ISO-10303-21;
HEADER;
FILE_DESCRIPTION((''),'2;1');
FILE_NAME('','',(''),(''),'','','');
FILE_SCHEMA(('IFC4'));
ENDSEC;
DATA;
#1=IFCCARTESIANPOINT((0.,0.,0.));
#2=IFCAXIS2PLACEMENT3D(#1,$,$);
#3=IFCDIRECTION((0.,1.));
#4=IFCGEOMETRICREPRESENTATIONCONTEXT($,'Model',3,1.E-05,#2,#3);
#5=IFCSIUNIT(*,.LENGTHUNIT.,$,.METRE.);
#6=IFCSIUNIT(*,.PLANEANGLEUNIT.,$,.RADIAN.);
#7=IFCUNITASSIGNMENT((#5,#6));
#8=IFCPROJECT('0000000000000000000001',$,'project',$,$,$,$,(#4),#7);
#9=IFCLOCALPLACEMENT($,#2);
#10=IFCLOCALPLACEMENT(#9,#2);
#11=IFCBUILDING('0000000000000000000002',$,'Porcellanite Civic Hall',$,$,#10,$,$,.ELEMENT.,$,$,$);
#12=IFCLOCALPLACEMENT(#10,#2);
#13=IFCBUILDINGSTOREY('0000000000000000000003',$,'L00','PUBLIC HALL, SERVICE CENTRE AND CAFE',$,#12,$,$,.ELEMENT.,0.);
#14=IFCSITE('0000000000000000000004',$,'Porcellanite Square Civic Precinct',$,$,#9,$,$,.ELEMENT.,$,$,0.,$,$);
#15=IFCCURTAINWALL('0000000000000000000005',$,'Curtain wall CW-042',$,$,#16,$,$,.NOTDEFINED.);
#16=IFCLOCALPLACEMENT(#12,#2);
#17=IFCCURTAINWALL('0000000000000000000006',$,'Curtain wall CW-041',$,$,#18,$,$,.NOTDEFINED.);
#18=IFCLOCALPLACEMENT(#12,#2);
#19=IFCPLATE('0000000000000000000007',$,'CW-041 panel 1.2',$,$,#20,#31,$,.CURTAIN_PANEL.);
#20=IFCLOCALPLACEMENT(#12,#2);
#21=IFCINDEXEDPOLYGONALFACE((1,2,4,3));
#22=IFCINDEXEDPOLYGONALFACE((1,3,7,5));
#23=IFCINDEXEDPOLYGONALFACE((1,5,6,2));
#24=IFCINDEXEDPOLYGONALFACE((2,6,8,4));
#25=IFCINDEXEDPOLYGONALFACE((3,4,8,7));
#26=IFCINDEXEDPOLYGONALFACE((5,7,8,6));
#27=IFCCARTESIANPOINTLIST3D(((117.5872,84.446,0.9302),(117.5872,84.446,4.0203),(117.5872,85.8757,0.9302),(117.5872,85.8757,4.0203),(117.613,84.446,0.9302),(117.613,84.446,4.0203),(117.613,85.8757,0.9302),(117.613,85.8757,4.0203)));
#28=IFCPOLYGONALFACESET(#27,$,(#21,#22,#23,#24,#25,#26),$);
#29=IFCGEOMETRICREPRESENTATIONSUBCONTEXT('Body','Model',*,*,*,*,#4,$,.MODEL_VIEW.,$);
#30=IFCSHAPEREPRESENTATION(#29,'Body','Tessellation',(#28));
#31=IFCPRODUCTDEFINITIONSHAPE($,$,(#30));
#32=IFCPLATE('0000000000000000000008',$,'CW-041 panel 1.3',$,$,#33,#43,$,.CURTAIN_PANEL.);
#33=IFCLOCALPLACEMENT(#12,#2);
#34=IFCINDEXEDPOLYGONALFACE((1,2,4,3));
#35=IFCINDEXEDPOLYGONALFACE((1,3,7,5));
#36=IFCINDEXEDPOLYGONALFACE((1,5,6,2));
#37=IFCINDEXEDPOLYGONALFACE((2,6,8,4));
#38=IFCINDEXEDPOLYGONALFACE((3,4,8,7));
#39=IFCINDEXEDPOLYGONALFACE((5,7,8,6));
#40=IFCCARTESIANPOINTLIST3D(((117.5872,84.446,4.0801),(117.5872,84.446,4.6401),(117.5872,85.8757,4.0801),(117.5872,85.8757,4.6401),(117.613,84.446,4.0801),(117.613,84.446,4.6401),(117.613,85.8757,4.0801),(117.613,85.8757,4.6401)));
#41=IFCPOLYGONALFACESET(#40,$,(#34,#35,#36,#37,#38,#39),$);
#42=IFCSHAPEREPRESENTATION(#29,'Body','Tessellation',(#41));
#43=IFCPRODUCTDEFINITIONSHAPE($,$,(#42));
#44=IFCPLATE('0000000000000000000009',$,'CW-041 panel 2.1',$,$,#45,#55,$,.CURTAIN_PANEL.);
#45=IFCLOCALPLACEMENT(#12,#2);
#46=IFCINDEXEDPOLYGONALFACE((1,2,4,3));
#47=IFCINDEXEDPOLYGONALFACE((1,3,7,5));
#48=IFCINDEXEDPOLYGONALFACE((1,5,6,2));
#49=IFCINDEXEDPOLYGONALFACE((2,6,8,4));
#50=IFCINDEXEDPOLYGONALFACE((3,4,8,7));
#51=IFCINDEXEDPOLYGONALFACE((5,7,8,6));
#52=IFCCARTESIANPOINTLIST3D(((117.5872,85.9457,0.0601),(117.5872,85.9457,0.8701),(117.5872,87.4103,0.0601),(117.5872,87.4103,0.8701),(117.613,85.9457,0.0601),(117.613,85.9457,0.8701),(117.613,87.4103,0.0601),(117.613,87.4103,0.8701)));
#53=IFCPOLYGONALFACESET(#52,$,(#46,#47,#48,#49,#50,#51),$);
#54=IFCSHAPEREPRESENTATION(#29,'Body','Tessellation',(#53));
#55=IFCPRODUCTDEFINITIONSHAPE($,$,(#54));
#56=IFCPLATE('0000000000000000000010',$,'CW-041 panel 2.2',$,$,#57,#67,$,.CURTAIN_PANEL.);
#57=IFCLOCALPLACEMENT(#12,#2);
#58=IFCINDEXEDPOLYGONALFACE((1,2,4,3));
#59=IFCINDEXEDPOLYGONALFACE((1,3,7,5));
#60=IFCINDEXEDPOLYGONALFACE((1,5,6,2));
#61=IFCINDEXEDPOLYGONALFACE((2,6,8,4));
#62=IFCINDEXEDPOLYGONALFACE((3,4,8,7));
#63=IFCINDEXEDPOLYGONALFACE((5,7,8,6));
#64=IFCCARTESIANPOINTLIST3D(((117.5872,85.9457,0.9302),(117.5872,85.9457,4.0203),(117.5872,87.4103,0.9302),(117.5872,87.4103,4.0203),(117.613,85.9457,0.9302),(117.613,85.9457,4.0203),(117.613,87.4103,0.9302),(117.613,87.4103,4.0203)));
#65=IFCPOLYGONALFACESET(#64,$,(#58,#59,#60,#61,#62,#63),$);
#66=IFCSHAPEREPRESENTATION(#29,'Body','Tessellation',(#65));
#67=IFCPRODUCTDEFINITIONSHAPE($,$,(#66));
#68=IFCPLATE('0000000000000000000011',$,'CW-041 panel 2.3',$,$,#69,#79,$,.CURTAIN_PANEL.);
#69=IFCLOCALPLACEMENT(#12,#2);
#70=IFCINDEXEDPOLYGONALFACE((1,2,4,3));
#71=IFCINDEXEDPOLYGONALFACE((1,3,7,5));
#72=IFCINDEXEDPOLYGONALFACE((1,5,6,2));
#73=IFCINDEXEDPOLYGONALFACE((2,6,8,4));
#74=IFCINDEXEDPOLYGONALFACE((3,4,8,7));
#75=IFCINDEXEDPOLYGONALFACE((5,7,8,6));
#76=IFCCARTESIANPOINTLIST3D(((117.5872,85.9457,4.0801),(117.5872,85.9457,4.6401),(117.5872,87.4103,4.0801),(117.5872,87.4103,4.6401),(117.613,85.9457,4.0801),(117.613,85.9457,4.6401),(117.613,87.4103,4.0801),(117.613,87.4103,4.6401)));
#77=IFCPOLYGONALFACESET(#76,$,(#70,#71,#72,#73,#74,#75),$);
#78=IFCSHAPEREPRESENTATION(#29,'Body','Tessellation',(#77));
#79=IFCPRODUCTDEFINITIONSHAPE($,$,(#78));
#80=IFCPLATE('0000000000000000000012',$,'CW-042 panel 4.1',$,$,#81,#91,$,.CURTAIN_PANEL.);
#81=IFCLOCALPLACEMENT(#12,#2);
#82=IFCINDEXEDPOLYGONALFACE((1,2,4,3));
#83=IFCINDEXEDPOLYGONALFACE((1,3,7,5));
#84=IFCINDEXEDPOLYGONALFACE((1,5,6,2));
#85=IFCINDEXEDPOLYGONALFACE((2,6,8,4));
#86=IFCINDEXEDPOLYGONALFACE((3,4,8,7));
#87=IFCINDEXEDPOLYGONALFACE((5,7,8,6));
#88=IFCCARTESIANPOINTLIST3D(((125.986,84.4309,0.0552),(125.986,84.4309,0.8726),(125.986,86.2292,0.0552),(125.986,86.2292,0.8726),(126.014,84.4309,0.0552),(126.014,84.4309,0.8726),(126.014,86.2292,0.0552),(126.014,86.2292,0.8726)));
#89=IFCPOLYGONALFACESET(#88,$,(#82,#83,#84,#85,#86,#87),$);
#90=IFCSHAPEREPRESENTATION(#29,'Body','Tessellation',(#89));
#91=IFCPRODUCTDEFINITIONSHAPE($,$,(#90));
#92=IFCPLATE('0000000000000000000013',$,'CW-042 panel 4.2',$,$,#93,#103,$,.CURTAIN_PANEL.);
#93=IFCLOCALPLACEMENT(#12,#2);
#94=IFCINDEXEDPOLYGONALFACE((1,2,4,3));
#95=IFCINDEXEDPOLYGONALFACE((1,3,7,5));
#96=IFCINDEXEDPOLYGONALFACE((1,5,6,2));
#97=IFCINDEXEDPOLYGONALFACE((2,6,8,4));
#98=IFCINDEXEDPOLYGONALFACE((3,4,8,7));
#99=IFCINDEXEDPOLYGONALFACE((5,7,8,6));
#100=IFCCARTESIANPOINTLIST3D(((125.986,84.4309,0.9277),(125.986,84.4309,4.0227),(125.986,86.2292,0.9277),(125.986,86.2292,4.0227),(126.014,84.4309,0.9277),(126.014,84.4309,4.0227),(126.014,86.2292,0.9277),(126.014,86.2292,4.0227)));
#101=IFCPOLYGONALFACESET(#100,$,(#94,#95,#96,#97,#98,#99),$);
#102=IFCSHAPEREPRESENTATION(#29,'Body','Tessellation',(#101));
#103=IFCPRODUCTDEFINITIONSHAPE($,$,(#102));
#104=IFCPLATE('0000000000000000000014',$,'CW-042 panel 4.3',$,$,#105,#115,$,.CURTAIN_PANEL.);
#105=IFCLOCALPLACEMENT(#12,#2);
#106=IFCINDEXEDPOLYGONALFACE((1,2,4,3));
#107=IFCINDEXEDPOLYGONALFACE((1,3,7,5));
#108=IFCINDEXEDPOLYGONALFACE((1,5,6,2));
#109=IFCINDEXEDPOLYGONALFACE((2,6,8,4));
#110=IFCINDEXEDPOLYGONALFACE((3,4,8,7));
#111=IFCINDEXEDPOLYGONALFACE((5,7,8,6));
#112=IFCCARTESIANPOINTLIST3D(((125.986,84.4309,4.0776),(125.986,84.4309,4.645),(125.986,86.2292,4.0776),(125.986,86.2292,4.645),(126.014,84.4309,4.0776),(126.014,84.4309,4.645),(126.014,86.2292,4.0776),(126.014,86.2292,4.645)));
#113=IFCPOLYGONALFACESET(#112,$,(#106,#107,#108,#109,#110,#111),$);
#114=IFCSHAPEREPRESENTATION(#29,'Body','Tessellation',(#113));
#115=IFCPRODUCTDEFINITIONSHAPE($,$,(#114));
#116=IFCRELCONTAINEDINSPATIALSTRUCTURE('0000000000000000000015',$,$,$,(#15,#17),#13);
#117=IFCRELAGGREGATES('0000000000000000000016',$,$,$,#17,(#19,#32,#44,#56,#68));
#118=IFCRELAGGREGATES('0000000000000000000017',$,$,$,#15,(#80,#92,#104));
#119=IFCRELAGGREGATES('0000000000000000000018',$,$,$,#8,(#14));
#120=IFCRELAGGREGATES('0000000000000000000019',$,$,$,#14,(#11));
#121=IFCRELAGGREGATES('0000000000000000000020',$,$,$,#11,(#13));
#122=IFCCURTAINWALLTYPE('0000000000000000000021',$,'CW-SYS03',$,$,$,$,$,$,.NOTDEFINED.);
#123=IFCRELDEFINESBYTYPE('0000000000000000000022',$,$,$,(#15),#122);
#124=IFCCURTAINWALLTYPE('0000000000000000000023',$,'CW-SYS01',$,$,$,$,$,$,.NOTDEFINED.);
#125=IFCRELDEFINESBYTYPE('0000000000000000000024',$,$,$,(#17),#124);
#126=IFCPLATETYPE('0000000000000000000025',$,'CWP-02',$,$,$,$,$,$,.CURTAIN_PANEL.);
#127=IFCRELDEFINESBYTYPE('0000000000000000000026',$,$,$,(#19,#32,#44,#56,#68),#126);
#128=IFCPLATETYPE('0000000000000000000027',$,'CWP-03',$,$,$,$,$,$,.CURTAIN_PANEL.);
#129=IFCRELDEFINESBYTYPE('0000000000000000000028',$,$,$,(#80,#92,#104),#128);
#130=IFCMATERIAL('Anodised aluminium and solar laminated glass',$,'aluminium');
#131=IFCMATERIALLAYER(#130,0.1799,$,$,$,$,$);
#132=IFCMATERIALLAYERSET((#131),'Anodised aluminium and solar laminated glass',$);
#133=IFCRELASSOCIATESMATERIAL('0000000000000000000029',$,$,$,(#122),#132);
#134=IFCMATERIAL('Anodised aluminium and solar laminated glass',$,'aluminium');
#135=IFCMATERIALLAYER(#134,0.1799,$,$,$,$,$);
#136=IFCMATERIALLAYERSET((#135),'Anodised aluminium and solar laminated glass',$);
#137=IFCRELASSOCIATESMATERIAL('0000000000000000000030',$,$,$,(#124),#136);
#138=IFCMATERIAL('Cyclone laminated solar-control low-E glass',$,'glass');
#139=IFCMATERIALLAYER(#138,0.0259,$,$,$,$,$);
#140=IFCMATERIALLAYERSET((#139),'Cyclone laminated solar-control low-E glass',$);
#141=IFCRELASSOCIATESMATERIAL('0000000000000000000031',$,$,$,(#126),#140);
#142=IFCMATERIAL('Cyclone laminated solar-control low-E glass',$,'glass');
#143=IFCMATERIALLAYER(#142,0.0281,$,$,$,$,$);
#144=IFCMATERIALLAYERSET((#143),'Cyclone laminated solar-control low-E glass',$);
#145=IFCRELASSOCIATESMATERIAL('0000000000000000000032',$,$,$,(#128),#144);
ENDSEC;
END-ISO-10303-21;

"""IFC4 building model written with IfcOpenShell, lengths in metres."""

from ifc_helpers import new_model, si_unit, direction, frame, origin, origin_2d, place, context, subcontext, project, spatial, rectangle, extrude, material, layer, layer_set, type_object, element, aggregate, save


model = new_model("IFC4")

# Units and contexts
model_context = context("Model", 3, precision=1e-05, world=origin(), true_north=direction((0.0, 1.0)))
body_context = subcontext(model_context, "Body", "Model", "MODEL_VIEW")
ifc_project = project(units=[si_unit("LENGTHUNIT", "METRE"), si_unit("PLANEANGLEUNIT", "RADIAN")], contexts=[model_context])

# Site, building, storey
site_placement = place(None, origin())
site = spatial("IfcSite", under=ifc_project, at=site_placement, Name="Porcellanite Square Civic Precinct", CompositionType="ELEMENT", RefElevation=0.0)
building_placement = place(site_placement, origin())
building = spatial("IfcBuilding", under=site, at=building_placement, Name="Porcellanite Civic Hall", CompositionType="ELEMENT")
storey_placement = place(building_placement, origin())
storey = spatial("IfcBuildingStorey", under=building, at=storey_placement, Name="L00", Description="PUBLIC HALL, SERVICE CENTRE AND CAFE", CompositionType="ELEMENT", Elevation=0.0)

# Curtain walls
ifc_material_1 = material(Name="Anodised aluminium and solar laminated glass", Category="aluminium")
ifc_layer_1 = layer(ifc_material_1, 0.1799)
ifc_layer_set_1 = layer_set([ifc_layer_1], Name="Anodised aluminium and solar laminated glass")
curtain_wall_type_1 = type_object("IfcCurtainWallType", Name="CW-SYS03", PredefinedType="NOTDEFINED", material=ifc_layer_set_1)
curtain_wall_1_placement = place(storey_placement, origin())
curtain_wall_1 = element("IfcCurtainWall", 1, at=curtain_wall_1_placement, inside=storey, type_object=curtain_wall_type_1, Name="Curtain wall CW-042", PredefinedType="NOTDEFINED")
ifc_material_2 = material(Name="Anodised aluminium and solar laminated glass", Category="aluminium")
ifc_layer_2 = layer(ifc_material_2, 0.1799)
ifc_layer_set_2 = layer_set([ifc_layer_2], Name="Anodised aluminium and solar laminated glass")
curtain_wall_type_2 = type_object("IfcCurtainWallType", Name="CW-SYS01", PredefinedType="NOTDEFINED", material=ifc_layer_set_2)
curtain_wall_2_placement = place(storey_placement, origin())
curtain_wall_2 = element("IfcCurtainWall", 2, at=curtain_wall_2_placement, inside=storey, type_object=curtain_wall_type_2, Name="Curtain wall CW-041", PredefinedType="NOTDEFINED")

# Plates
ifc_material_3 = material(Name="Cyclone laminated solar-control low-E glass", Category="glass")
ifc_layer_3 = layer(ifc_material_3, 0.0259)
ifc_layer_set_3 = layer_set([ifc_layer_3], Name="Cyclone laminated solar-control low-E glass")
plate_type_1 = type_object("IfcPlateType", Name="CWP-02", PredefinedType="CURTAIN_PANEL", material=ifc_layer_set_3)
plate_1_placement = place(storey_placement, frame((117.6001, 85.1609, 0.9302), z_axis=(0.0, 0.0, 1.0), x_axis=(0.0, 1.0, 0.0)))
plate_1 = element("IfcPlate", 3, at=plate_1_placement, type_object=plate_type_1, Name="CW-041 panel 1.2", PredefinedType="CURTAIN_PANEL", context=body_context, shape_type="SweptSolid", body=[
    extrude(rectangle(XDim=1.4297, YDim=0.0259, at=origin_2d()), origin(), (0.0, 0.0, 1.0), 3.0901),
])
plate_2_placement = place(storey_placement, frame((117.6001, 85.1609, 4.0801), z_axis=(0.0, 0.0, 1.0), x_axis=(0.0, 1.0, 0.0)))
plate_2 = element("IfcPlate", 4, at=plate_2_placement, type_object=plate_type_1, Name="CW-041 panel 1.3", PredefinedType="CURTAIN_PANEL", context=body_context, shape_type="SweptSolid", body=[
    extrude(rectangle(XDim=1.4297, YDim=0.0259, at=origin_2d()), origin(), (0.0, 0.0, 1.0), 0.5601),
])
plate_3_placement = place(storey_placement, frame((117.6001, 86.678, 0.0601), z_axis=(0.0, 0.0, 1.0), x_axis=(0.0, 1.0, 0.0)))
plate_3 = element("IfcPlate", 5, at=plate_3_placement, type_object=plate_type_1, Name="CW-041 panel 2.1", PredefinedType="CURTAIN_PANEL", context=body_context, shape_type="SweptSolid", body=[
    extrude(rectangle(XDim=1.4646, YDim=0.0259, at=origin_2d()), origin(), (0.0, 0.0, 1.0), 0.8101),
])
plate_4_placement = place(storey_placement, frame((117.6001, 86.678, 0.9302), z_axis=(0.0, 0.0, 1.0), x_axis=(0.0, 1.0, 0.0)))
plate_4 = element("IfcPlate", 6, at=plate_4_placement, type_object=plate_type_1, Name="CW-041 panel 2.2", PredefinedType="CURTAIN_PANEL", context=body_context, shape_type="SweptSolid", body=[
    extrude(rectangle(XDim=1.4646, YDim=0.0259, at=origin_2d()), origin(), (0.0, 0.0, 1.0), 3.0901),
])
plate_5_placement = place(storey_placement, frame((117.6001, 86.678, 4.0801), z_axis=(0.0, 0.0, 1.0), x_axis=(0.0, 1.0, 0.0)))
plate_5 = element("IfcPlate", 7, at=plate_5_placement, type_object=plate_type_1, Name="CW-041 panel 2.3", PredefinedType="CURTAIN_PANEL", context=body_context, shape_type="SweptSolid", body=[
    extrude(rectangle(XDim=1.4646, YDim=0.0259, at=origin_2d()), origin(), (0.0, 0.0, 1.0), 0.5601),
])
aggregate(curtain_wall_2, [plate_1, plate_2, plate_3, plate_4, plate_5])
ifc_material_4 = material(Name="Cyclone laminated solar-control low-E glass", Category="glass")
ifc_layer_4 = layer(ifc_material_4, 0.0281)
ifc_layer_set_4 = layer_set([ifc_layer_4], Name="Cyclone laminated solar-control low-E glass")
plate_type_2 = type_object("IfcPlateType", Name="CWP-03", PredefinedType="CURTAIN_PANEL", material=ifc_layer_set_4)
plate_6_placement = place(storey_placement, frame((126.0, 85.3301, 0.0552), z_axis=(0.0, 0.0, 1.0), x_axis=(0.0, -1.0, 0.0)))
plate_6 = element("IfcPlate", 8, at=plate_6_placement, type_object=plate_type_2, Name="CW-042 panel 4.1", PredefinedType="CURTAIN_PANEL", context=body_context, shape_type="SweptSolid", body=[
    extrude(rectangle(XDim=1.7983, YDim=0.0281, at=origin_2d()), origin(), (0.0, 0.0, 1.0), 0.8174),
])
plate_7_placement = place(storey_placement, frame((126.0, 85.3301, 0.9277), z_axis=(0.0, 0.0, 1.0), x_axis=(0.0, -1.0, 0.0)))
plate_7 = element("IfcPlate", 9, at=plate_7_placement, type_object=plate_type_2, Name="CW-042 panel 4.2", PredefinedType="CURTAIN_PANEL", context=body_context, shape_type="SweptSolid", body=[
    extrude(rectangle(XDim=1.7983, YDim=0.0281, at=origin_2d()), origin(), (0.0, 0.0, 1.0), 3.095),
])
plate_8_placement = place(storey_placement, frame((126.0, 85.3301, 4.0776), z_axis=(0.0, 0.0, 1.0), x_axis=(0.0, -1.0, 0.0)))
plate_8 = element("IfcPlate", 10, at=plate_8_placement, type_object=plate_type_2, Name="CW-042 panel 4.3", PredefinedType="CURTAIN_PANEL", context=body_context, shape_type="SweptSolid", body=[
    extrude(rectangle(XDim=1.7983, YDim=0.0281, at=origin_2d()), origin(), (0.0, 0.0, 1.0), 0.5674),
])
aggregate(curtain_wall_1, [plate_6, plate_7, plate_8])

save(model, "model.ifc")
